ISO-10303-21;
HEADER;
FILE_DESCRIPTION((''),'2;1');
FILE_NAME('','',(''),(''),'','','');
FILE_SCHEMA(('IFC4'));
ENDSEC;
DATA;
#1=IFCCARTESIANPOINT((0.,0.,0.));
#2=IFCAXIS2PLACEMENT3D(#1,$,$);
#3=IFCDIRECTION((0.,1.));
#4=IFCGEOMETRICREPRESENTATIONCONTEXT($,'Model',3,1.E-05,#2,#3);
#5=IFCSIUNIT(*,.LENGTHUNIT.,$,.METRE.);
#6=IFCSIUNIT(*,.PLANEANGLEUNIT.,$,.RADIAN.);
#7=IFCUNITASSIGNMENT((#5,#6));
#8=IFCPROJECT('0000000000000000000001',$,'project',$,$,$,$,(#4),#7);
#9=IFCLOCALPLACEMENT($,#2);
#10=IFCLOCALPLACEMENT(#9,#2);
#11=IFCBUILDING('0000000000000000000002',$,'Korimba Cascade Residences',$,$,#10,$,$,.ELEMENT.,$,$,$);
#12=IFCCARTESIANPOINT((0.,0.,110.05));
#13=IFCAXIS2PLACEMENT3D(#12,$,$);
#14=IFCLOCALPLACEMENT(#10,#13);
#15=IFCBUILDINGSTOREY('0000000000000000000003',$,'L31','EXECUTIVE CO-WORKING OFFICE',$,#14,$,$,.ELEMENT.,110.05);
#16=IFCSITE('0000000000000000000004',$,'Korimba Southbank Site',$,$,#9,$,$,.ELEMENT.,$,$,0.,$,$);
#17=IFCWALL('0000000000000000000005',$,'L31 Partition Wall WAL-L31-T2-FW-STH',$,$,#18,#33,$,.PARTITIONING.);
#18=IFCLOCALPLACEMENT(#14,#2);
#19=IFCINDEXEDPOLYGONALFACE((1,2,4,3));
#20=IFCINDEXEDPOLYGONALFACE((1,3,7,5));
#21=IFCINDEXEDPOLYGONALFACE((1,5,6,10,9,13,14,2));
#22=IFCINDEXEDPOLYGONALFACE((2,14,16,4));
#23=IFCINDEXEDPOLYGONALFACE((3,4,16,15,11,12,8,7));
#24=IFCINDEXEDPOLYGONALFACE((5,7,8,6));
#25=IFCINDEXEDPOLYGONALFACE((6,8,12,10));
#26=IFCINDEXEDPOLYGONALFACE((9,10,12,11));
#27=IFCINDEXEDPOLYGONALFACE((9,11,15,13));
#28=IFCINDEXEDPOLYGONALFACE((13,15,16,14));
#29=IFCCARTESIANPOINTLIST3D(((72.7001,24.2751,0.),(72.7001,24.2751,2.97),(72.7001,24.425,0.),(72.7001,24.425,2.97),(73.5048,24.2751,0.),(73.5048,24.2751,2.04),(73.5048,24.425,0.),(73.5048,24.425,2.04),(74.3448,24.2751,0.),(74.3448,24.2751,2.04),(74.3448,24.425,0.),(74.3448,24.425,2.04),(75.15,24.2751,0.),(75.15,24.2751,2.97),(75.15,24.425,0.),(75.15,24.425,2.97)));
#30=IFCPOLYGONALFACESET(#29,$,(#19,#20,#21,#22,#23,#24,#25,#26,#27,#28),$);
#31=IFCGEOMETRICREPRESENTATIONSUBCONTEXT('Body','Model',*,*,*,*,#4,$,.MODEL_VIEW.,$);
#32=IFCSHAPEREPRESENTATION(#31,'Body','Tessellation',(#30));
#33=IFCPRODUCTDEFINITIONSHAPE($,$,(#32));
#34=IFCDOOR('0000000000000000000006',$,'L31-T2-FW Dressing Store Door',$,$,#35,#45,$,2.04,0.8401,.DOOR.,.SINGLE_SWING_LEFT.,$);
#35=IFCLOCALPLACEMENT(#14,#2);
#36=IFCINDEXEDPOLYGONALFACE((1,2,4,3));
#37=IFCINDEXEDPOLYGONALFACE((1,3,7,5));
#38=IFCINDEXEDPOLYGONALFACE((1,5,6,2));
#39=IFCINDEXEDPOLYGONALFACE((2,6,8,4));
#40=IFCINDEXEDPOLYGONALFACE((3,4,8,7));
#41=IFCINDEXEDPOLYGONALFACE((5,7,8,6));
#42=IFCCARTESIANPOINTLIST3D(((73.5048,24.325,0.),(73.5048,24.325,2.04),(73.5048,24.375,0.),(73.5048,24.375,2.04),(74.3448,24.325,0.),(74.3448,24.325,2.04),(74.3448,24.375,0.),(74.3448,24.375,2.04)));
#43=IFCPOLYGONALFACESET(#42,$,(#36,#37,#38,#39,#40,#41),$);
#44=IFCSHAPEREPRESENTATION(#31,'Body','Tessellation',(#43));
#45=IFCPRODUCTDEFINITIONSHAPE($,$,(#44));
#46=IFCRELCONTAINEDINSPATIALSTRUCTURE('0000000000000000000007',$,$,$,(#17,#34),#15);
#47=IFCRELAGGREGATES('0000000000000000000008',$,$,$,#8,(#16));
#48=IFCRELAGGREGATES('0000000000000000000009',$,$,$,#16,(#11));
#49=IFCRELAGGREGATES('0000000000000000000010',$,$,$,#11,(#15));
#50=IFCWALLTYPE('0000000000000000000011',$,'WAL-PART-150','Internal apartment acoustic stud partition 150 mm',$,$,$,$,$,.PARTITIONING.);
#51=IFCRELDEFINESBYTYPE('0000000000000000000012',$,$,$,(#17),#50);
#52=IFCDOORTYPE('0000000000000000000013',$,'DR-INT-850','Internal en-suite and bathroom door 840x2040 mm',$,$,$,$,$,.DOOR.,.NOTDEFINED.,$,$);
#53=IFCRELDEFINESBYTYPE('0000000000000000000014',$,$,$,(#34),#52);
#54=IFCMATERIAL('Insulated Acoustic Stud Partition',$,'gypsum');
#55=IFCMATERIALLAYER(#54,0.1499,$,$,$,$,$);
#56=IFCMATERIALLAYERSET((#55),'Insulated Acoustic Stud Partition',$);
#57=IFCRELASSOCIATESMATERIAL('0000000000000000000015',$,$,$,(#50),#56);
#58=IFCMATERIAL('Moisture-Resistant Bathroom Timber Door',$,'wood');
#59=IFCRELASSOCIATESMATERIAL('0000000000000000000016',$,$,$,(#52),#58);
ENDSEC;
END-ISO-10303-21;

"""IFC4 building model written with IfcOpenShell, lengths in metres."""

from ifc_helpers import new_model, si_unit, direction, frame, frame_2d, origin, place, context, subcontext, project, spatial, rectangle, extrude, material, layer, layer_set, type_object, element, fill, save


model = new_model("IFC4")

# Units and contexts
model_context = context("Model", 3, precision=1e-05, world=origin(), true_north=direction((0.0, 1.0)))
body_context = subcontext(model_context, "Body", "Model", "MODEL_VIEW")
ifc_project = project(units=[si_unit("LENGTHUNIT", "METRE"), si_unit("PLANEANGLEUNIT", "RADIAN")], contexts=[model_context])

# Site, building, storey
site_placement = place(None, origin())
site = spatial("IfcSite", under=ifc_project, at=site_placement, Name="Korimba Southbank Site", CompositionType="ELEMENT", RefElevation=0.0)
building_placement = place(site_placement, origin())
building = spatial("IfcBuilding", under=site, at=building_placement, Name="Korimba Cascade Residences", CompositionType="ELEMENT")
storey_placement = place(building_placement, frame((0.0, 0.0, 110.05)))
storey = spatial("IfcBuildingStorey", under=building, at=storey_placement, Name="L31", Description="EXECUTIVE CO-WORKING OFFICE", CompositionType="ELEMENT", Elevation=110.05)

# Shared definitions
ifc_material_1 = material(Name="Insulated Acoustic Stud Partition", Category="gypsum")
ifc_layer_1 = layer(ifc_material_1, 0.1499)
ifc_layer_set_1 = layer_set([ifc_layer_1], Name="Insulated Acoustic Stud Partition")
wall_type_1 = type_object("IfcWallType", Name="WAL-PART-150", Description="Internal apartment acoustic stud partition 150 mm", PredefinedType="PARTITIONING", material=ifc_layer_set_1)

# Wall, opening, door
wall_1_placement = place(storey_placement, frame((72.7, 24.3501, 0.0), z_axis=(0.0, 0.0, 1.0), x_axis=(1.0, 0.0, 0.0)))
wall_1 = element("IfcWall", 1, at=wall_1_placement, inside=storey, type_object=wall_type_1, Name="L31 Partition Wall WAL-L31-T2-FW-STH", PredefinedType="PARTITIONING", context=body_context, shape_type="SweptSolid", body=[
    extrude(rectangle(XDim=2.45, YDim=0.1499, at=frame_2d((1.2251, 0.0))), origin(), (0.0, 0.0, 1.0), 2.97),
])
opening_1_placement = place(wall_1_placement, frame((0.8049, 0.0, 0.0)))
opening_1 = element("IfcOpeningElement", 2, at=opening_1_placement, cuts=wall_1, PredefinedType="OPENING", context=body_context, shape_type="SweptSolid", body=[
    extrude(rectangle(XDim=0.8401, YDim=2.04, at=frame_2d((0.4199, 1.02))), frame((0.0, 0.085, 0.0), z_axis=(0.0, -1.0, 0.0), x_axis=(1.0, 0.0, 0.0)), (0.0, 0.0, 1.0), 0.1699),
])
ifc_material_2 = material(Name="Moisture-Resistant Bathroom Timber Door", Category="wood")
door_type_1 = type_object("IfcDoorType", Name="DR-INT-850", Description="Internal en-suite and bathroom door 840x2040 mm", OperationType="NOTDEFINED", PredefinedType="DOOR", material=ifc_material_2)
door_1_placement = place(opening_1_placement, origin())
door_1 = element("IfcDoor", 3, at=door_1_placement, inside=storey, type_object=door_type_1, Name="L31-T2-FW Dressing Store Door", OperationType="SINGLE_SWING_LEFT", OverallHeight=2.04, OverallWidth=0.8401, PredefinedType="DOOR", context=body_context, shape_type="SweptSolid", body=[
    extrude(rectangle(XDim=0.8401, YDim=2.04, at=frame_2d((0.4199, 1.02))), frame((0.0, 0.0249, 0.0), z_axis=(0.0, -1.0, 0.0), x_axis=(1.0, 0.0, 0.0)), (0.0, 0.0, 1.0), 0.05),
])
fill(opening_1, door_1)

save(model, "model.ifc")
